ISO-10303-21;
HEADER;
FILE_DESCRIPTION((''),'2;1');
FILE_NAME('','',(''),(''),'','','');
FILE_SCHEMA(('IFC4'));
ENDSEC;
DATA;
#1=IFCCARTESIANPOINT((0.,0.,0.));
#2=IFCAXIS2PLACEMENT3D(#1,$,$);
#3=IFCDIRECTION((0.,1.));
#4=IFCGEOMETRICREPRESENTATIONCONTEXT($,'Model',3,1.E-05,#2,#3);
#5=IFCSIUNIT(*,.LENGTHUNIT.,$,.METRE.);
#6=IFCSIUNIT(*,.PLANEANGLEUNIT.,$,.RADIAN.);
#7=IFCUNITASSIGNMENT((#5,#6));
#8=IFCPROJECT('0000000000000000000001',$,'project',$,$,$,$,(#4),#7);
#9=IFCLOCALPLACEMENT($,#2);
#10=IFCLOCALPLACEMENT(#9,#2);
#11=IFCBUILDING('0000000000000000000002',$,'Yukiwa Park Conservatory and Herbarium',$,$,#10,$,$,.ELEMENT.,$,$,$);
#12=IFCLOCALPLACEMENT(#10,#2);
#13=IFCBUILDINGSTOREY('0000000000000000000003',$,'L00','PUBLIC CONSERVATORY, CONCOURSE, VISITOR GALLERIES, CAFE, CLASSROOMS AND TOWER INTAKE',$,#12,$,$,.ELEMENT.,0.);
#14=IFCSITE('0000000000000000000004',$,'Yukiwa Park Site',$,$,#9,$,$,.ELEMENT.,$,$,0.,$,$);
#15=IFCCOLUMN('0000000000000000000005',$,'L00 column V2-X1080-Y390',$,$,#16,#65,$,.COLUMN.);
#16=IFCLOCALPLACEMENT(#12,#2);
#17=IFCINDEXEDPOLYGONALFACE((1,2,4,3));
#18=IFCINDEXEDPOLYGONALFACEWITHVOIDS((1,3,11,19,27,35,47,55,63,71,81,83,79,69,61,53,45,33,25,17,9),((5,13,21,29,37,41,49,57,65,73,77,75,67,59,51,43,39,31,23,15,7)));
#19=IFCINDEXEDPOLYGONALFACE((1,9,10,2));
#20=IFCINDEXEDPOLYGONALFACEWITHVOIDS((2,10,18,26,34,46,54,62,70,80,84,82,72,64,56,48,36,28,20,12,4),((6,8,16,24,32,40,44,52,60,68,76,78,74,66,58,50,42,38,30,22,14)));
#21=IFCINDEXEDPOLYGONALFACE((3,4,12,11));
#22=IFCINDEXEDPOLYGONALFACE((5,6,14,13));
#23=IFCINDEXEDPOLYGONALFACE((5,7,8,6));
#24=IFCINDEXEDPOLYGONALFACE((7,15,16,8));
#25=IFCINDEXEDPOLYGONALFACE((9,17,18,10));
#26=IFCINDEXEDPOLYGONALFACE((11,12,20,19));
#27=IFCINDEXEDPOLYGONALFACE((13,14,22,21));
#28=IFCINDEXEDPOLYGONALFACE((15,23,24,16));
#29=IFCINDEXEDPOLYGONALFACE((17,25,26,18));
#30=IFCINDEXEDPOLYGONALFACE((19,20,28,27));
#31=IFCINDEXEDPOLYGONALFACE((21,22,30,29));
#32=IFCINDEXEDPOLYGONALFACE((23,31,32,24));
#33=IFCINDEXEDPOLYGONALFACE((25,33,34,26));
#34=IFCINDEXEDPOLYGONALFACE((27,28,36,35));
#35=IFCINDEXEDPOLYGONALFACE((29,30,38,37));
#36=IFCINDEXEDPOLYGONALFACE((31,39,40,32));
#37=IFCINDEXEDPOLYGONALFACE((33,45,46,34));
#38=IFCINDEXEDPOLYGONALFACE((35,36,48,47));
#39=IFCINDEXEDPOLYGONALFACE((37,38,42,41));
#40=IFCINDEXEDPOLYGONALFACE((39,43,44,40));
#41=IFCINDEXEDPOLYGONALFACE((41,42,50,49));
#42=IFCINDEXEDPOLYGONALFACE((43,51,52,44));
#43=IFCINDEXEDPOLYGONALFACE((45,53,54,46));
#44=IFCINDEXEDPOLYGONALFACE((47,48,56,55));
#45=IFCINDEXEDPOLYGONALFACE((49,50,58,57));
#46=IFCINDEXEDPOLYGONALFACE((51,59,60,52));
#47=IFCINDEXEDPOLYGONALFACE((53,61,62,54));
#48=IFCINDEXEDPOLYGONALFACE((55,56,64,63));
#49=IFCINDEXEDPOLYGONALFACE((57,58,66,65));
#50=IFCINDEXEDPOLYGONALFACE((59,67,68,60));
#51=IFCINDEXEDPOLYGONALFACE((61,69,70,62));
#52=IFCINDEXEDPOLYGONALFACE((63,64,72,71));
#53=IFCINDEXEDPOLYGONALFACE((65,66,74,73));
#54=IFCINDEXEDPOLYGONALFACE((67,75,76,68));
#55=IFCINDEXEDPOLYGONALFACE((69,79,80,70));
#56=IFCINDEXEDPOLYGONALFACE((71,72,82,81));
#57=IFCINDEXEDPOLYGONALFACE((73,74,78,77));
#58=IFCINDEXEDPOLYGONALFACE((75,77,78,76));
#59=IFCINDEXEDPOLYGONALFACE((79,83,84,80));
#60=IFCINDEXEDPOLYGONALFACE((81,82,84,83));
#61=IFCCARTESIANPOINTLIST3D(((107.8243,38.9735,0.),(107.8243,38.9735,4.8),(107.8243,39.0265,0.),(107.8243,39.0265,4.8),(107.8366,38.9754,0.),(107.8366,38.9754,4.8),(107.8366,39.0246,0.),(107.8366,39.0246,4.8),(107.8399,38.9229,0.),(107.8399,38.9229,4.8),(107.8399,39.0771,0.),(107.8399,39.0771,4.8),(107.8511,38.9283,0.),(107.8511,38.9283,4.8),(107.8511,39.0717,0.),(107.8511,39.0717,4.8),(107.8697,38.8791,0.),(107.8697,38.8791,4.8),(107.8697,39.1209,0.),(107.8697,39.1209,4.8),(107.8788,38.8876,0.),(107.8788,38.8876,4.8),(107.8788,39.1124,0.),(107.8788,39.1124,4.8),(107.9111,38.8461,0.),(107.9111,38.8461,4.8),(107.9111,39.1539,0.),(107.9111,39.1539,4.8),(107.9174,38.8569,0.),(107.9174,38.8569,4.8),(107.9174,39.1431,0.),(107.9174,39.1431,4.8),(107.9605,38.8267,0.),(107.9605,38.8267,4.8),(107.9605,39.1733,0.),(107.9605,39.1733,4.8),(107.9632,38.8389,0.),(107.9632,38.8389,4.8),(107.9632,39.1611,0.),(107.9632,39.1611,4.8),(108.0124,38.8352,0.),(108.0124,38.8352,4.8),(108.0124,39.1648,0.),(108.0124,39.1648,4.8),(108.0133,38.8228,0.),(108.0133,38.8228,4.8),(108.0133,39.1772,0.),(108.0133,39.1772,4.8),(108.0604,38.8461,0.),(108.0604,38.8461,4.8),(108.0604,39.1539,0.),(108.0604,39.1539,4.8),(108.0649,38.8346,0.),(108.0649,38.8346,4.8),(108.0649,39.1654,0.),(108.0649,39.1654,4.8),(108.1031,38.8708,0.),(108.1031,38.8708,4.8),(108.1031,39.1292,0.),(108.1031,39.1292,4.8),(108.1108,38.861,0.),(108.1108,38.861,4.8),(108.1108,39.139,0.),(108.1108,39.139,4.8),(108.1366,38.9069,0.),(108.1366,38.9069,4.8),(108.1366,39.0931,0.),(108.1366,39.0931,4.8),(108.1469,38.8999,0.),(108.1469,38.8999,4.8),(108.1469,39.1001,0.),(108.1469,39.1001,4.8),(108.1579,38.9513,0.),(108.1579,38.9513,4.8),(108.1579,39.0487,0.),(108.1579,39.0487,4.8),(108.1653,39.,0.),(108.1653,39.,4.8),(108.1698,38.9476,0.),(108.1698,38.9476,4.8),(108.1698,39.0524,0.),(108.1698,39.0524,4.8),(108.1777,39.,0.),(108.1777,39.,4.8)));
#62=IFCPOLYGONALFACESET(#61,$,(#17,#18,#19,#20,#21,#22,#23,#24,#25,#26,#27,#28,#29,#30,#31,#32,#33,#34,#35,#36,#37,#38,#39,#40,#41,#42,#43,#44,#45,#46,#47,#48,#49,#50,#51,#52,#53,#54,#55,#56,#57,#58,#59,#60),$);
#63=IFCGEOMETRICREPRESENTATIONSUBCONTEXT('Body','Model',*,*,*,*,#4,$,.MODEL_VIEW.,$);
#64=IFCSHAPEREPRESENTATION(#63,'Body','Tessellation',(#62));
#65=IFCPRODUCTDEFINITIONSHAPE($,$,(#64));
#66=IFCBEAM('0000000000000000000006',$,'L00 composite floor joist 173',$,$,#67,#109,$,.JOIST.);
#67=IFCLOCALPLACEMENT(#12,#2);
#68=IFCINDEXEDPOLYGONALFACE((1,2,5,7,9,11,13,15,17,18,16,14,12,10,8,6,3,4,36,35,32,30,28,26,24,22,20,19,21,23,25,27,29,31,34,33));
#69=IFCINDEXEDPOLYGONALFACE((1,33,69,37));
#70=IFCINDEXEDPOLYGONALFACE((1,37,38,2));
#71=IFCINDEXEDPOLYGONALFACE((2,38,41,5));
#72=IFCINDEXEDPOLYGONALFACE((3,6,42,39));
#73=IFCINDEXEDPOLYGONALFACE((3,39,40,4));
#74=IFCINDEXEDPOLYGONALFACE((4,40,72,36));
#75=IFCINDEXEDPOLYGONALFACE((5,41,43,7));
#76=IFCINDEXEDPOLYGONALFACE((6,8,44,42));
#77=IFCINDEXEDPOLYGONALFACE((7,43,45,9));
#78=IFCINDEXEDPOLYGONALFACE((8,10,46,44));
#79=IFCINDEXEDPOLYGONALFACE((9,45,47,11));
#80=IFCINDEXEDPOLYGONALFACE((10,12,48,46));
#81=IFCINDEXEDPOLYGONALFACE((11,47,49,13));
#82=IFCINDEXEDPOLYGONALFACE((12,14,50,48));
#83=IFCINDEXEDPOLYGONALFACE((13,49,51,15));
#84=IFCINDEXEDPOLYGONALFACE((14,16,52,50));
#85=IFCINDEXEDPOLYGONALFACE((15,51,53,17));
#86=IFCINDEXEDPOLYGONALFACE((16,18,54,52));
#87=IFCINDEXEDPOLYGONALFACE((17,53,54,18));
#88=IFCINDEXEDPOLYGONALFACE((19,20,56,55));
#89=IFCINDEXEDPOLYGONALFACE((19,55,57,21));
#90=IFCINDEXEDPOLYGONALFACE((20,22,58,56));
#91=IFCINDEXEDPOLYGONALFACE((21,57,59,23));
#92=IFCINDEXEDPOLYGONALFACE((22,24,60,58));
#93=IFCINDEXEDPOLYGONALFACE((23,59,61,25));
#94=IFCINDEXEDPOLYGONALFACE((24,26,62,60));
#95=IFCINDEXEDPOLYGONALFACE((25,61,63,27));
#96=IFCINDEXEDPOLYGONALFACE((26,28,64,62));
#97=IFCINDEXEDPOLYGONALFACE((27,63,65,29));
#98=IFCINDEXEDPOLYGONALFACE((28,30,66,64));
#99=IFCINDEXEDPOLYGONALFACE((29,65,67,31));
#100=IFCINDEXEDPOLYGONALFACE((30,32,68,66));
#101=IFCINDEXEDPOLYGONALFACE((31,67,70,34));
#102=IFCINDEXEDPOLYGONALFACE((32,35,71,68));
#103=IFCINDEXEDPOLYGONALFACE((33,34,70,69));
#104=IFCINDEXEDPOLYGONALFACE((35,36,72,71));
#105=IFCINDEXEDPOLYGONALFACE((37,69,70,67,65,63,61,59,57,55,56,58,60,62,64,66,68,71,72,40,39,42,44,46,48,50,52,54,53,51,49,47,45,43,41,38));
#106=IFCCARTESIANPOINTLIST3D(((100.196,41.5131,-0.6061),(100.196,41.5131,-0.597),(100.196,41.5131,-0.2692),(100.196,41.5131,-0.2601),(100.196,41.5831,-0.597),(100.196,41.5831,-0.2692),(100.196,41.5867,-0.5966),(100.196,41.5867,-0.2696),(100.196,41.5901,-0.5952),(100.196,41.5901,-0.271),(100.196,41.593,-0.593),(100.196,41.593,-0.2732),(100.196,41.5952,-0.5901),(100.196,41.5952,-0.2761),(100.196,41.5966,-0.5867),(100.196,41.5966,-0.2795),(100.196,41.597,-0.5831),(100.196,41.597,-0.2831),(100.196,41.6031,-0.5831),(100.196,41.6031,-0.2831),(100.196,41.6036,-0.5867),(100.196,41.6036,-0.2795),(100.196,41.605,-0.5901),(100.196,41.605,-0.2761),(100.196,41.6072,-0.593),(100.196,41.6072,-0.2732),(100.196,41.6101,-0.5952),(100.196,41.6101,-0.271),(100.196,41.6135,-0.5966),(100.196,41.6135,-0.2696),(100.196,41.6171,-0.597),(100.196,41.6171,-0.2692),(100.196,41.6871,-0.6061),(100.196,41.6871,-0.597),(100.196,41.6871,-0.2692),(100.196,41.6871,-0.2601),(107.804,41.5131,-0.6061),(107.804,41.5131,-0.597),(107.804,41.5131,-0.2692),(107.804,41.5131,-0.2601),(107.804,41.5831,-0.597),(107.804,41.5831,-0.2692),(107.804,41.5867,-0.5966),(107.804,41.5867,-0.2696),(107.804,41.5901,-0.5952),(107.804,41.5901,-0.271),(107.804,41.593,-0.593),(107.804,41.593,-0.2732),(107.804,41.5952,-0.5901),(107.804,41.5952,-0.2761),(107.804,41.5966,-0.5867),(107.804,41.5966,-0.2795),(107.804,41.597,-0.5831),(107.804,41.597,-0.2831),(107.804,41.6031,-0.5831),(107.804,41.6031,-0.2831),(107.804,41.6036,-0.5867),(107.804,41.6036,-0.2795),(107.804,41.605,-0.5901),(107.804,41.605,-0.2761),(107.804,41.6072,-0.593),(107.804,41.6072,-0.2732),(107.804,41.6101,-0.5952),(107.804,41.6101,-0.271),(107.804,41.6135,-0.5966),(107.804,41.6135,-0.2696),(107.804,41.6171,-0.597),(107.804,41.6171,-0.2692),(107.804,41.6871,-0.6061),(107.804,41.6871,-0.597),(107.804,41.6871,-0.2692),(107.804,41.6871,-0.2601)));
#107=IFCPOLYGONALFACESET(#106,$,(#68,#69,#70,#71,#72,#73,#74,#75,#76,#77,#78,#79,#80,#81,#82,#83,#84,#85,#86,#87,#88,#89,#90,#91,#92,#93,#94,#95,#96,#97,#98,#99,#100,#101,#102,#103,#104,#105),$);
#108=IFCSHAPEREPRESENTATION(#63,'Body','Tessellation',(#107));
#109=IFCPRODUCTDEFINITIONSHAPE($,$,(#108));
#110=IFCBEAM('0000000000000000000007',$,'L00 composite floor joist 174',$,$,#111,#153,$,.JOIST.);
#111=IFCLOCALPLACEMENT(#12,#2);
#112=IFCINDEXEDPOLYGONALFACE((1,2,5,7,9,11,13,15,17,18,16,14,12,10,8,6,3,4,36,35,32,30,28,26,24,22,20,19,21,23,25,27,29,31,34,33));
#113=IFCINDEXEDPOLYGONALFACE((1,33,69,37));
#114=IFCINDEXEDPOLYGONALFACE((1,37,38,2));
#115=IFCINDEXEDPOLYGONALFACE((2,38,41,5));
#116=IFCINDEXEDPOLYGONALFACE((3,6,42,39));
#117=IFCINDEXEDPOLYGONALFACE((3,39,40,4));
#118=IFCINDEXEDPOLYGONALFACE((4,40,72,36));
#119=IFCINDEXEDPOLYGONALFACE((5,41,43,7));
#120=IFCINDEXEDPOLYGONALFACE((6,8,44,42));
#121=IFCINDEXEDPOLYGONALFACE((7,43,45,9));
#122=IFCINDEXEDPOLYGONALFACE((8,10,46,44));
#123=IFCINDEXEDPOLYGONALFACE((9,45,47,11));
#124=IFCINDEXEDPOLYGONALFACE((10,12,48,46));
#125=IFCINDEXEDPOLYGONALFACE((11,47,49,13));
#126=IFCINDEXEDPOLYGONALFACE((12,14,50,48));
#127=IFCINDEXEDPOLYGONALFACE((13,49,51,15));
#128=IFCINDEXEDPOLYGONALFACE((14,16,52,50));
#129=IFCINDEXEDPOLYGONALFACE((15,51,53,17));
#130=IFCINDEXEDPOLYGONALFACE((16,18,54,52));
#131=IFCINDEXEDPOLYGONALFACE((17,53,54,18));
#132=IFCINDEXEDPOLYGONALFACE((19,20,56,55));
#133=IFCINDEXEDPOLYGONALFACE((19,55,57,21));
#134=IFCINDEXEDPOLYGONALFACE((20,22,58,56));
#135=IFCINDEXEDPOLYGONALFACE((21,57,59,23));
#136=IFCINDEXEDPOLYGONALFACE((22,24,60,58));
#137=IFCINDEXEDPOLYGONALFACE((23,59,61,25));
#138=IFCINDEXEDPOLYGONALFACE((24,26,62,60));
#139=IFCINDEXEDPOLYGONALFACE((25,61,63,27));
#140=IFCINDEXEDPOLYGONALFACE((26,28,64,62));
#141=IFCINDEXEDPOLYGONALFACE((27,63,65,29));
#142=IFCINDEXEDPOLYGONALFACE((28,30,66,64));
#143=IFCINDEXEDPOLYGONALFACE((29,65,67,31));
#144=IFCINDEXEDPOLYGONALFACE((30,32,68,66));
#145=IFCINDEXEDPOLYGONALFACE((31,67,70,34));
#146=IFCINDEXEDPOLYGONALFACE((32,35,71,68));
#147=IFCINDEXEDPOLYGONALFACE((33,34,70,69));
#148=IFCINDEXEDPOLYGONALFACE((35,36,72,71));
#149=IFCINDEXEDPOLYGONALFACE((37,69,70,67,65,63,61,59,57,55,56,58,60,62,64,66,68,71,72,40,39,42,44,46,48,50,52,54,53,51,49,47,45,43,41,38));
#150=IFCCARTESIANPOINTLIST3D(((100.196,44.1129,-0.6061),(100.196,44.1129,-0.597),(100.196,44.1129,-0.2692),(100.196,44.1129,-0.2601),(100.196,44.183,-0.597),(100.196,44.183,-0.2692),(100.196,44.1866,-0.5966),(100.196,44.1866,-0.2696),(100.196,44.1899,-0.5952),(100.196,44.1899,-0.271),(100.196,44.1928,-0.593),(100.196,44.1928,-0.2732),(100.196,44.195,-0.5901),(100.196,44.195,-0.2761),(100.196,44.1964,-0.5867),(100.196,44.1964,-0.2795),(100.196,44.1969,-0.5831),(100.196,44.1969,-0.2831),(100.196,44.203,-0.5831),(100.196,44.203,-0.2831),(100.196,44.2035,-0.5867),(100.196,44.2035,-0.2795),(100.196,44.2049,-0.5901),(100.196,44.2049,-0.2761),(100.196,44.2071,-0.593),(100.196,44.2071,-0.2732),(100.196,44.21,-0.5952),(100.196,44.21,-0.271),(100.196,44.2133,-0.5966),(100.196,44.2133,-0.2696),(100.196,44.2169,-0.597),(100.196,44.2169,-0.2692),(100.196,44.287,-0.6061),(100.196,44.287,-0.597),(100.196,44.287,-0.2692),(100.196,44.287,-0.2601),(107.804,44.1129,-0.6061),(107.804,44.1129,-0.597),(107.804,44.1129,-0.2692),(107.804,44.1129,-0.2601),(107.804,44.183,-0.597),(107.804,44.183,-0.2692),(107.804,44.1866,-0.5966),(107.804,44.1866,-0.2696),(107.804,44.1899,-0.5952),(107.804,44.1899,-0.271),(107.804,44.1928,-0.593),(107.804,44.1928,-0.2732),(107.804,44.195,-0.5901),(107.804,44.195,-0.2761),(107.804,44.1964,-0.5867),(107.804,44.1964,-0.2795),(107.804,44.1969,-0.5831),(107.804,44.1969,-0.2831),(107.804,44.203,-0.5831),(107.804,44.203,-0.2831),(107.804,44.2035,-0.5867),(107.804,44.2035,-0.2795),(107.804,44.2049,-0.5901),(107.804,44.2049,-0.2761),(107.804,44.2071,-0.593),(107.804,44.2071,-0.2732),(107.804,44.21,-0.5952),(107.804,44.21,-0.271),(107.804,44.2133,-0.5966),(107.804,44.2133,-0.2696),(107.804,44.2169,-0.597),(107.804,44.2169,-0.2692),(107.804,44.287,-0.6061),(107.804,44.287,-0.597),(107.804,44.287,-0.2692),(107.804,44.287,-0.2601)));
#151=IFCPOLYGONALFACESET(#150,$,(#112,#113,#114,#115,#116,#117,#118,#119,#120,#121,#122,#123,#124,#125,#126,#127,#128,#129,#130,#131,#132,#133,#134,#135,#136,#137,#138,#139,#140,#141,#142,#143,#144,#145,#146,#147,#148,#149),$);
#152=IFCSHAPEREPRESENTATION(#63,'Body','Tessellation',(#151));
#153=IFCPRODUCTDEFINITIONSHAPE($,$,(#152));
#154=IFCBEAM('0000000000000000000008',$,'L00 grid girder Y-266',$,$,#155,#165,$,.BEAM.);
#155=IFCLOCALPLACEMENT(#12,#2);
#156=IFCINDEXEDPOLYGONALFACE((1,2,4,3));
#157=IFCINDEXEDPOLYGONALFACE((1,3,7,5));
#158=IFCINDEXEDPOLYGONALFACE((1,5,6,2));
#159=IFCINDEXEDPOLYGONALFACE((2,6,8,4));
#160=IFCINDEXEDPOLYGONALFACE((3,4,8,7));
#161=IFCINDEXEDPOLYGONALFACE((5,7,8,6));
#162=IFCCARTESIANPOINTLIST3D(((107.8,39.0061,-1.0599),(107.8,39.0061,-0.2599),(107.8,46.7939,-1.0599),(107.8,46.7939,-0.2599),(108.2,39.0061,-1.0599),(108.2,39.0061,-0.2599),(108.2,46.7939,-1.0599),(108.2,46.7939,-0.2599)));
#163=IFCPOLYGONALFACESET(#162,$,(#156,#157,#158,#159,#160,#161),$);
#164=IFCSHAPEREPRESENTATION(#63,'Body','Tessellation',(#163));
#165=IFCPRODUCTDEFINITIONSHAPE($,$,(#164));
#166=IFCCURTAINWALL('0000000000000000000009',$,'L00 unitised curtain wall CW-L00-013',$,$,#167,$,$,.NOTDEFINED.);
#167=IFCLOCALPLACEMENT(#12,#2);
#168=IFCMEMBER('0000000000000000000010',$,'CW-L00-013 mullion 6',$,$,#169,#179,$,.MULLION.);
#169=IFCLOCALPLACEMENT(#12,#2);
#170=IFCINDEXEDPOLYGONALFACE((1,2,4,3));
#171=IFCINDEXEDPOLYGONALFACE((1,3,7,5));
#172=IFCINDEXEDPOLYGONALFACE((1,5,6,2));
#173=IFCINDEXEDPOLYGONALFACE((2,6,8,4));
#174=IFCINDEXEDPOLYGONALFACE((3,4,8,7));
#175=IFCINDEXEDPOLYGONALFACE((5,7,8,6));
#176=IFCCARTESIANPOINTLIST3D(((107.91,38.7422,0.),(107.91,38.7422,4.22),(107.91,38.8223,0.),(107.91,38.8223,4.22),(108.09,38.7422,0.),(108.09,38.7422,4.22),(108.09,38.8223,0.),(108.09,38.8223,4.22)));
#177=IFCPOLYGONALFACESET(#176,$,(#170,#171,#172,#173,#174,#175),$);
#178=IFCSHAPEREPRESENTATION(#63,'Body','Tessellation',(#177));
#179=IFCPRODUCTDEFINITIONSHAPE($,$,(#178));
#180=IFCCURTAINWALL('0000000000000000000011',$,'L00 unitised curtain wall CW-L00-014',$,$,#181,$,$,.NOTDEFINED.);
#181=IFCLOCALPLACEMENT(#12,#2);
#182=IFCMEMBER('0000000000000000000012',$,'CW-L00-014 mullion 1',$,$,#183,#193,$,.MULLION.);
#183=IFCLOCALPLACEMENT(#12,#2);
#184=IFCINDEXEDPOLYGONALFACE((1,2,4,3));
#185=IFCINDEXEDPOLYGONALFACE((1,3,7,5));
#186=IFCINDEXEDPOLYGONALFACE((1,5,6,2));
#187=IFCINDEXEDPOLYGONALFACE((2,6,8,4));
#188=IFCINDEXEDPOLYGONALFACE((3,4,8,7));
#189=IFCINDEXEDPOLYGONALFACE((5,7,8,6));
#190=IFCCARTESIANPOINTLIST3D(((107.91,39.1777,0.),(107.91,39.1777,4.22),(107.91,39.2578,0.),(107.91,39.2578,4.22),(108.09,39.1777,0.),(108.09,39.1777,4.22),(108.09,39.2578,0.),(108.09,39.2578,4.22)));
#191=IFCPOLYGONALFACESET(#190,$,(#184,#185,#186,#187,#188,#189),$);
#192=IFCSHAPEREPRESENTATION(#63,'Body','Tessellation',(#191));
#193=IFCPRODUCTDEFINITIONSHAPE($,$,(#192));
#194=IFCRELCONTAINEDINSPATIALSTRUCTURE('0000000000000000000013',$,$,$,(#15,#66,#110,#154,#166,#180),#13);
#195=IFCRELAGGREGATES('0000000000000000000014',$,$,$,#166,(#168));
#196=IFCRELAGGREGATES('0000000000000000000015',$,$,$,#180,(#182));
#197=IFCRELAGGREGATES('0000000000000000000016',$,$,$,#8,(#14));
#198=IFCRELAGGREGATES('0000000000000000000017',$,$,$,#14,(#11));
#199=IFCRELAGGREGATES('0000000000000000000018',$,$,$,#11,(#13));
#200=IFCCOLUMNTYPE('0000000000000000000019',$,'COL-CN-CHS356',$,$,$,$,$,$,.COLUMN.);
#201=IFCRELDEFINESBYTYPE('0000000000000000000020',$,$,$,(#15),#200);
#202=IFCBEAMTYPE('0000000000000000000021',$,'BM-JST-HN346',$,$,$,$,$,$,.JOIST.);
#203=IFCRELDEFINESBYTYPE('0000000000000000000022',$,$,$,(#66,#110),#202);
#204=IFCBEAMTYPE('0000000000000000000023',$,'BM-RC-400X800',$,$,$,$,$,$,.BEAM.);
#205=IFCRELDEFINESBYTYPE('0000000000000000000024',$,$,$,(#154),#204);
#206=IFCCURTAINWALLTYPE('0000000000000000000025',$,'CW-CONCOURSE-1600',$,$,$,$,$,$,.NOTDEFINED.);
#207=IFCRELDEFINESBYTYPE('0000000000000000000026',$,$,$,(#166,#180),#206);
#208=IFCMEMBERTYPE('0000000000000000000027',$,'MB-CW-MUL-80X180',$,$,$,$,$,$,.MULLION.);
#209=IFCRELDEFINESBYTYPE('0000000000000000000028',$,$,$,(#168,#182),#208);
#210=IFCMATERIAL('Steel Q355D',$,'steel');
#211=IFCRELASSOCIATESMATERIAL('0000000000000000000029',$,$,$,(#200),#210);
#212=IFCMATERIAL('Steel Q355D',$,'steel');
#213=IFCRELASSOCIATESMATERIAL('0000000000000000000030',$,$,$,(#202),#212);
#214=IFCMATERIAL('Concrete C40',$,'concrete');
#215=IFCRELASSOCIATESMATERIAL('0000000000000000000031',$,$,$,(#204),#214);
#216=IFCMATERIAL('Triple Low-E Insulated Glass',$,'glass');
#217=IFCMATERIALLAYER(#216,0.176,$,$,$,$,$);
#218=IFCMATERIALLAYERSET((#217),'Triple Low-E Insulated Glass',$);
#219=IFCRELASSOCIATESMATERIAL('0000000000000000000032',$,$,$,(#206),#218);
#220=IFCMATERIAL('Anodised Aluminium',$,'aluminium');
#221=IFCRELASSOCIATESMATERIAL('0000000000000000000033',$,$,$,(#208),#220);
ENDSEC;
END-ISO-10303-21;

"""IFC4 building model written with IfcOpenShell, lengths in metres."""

from ifc_helpers import new_model, si_unit, direction, frame, origin, origin_2d, place, context, subcontext, project, spatial, rectangle, hollow_circle, i_section, extrude, material, layer, layer_set, material_profile, profile_set, type_object, element, aggregate, save


model = new_model("IFC4")

# Units and contexts
model_context = context("Model", 3, precision=1e-05, world=origin(), true_north=direction((0.0, 1.0)))
body_context = subcontext(model_context, "Body", "Model", "MODEL_VIEW")
ifc_project = project(units=[si_unit("LENGTHUNIT", "METRE"), si_unit("PLANEANGLEUNIT", "RADIAN")], contexts=[model_context])

# Site, building, storey
site_placement = place(None, origin())
site = spatial("IfcSite", under=ifc_project, at=site_placement, Name="Yukiwa Park Site", CompositionType="ELEMENT", RefElevation=0.0)
building_placement = place(site_placement, origin())
building = spatial("IfcBuilding", under=site, at=building_placement, Name="Yukiwa Park Conservatory and Herbarium", CompositionType="ELEMENT")
storey_placement = place(building_placement, origin())
storey = spatial("IfcBuildingStorey", under=building, at=storey_placement, Name="L00", Description="PUBLIC CONSERVATORY, CONCOURSE, VISITOR GALLERIES, CAFE, CLASSROOMS AND TOWER INTAKE", CompositionType="ELEMENT", Elevation=0.0)

# Column
ifc_material_1 = material(Name="Steel Q355D", Category="steel")
ifc_material_profile_1 = material_profile(ifc_material_1, hollow_circle(Radius=0.1777, WallThickness=0.0125, at=origin_2d()), Name="CHS 355.6x12.5")
ifc_profile_set_1 = profile_set([ifc_material_profile_1], Name="Steel Q355D")
column_type = type_object("IfcColumnType", Name="COL-CN-CHS356", PredefinedType="COLUMN", material=ifc_profile_set_1)
column_placement = place(storey_placement, frame((108.0, 39.0, 0.0), z_axis=(0.0, 0.0, 1.0), x_axis=(1.0, 0.0, 0.0)))
element("IfcColumn", 1, at=column_placement, inside=storey, type_object=column_type, Name="L00 column V2-X1080-Y390", PredefinedType="COLUMN", context=body_context, shape_type="SweptSolid", body=[
    extrude(hollow_circle(Radius=0.1777, WallThickness=0.0125, at=origin_2d()), origin(), (0.0, 0.0, 1.0), 4.8),
])

# Beams
ifc_material_2 = material(Name="Steel Q355D", Category="steel")
ifc_material_profile_2 = material_profile(ifc_material_2, i_section(OverallWidth=0.1741, OverallDepth=0.3459, WebThickness=0.0061, FlangeThickness=0.009, FilletRadius=0.0139, at=origin_2d()), Name="HN 346x174x6x9")
ifc_profile_set_2 = profile_set([ifc_material_profile_2], Name="Steel Q355D")
beam_type_1 = type_object("IfcBeamType", Name="BM-JST-HN346", PredefinedType="JOIST", material=ifc_profile_set_2)
for number, where, z_axis, x_axis, name in (
    (2, (100.196, 41.6001, -0.4331), (1.0, 0.0, 0.0), (0.0, 1.0, 0.0), "L00 composite floor joist 173"),
    (3, (100.196, 44.2, -0.4331), (1.0, 0.0, 0.0), (0.0, 1.0, 0.0), "L00 composite floor joist 174"),
):
    element("IfcBeam", number, at=place(storey_placement, frame(where, z_axis=z_axis, x_axis=x_axis)), inside=storey, type_object=beam_type_1, Name=name, PredefinedType="JOIST", context=body_context, shape_type="SweptSolid", body=[
        extrude(i_section(OverallWidth=0.1741, OverallDepth=0.3459, WebThickness=0.0061, FlangeThickness=0.009, FilletRadius=0.0139, at=origin_2d()), origin(), (0.0, 0.0, 1.0), 7.6079),
    ])
ifc_material_3 = material(Name="Concrete C40", Category="concrete")
ifc_material_profile_3 = material_profile(ifc_material_3, rectangle(XDim=0.3999, YDim=0.8, at=origin_2d()), Name="RC 400x800")
ifc_profile_set_3 = profile_set([ifc_material_profile_3], Name="Concrete C40")
beam_type_2 = type_object("IfcBeamType", Name="BM-RC-400X800", PredefinedType="BEAM", material=ifc_profile_set_3)
beam_placement = place(storey_placement, frame((108.0, 39.0061, -0.6599), z_axis=(0.0, 1.0, 0.0), x_axis=(-1.0, 0.0, 0.0)))
element("IfcBeam", 4, at=beam_placement, inside=storey, type_object=beam_type_2, Name="L00 grid girder Y-266", PredefinedType="BEAM", context=body_context, shape_type="SweptSolid", body=[
    extrude(rectangle(XDim=0.3999, YDim=0.8, at=origin_2d()), origin(), (0.0, 0.0, 1.0), 7.7878),
])

# Curtain wall, member
ifc_material_4 = material(Name="Triple Low-E Insulated Glass", Category="glass")
ifc_layer_1 = layer(ifc_material_4, 0.176)
ifc_layer_set_1 = layer_set([ifc_layer_1], Name="Triple Low-E Insulated Glass")
curtain_wall_type = type_object("IfcCurtainWallType", Name="CW-CONCOURSE-1600", PredefinedType="NOTDEFINED", material=ifc_layer_set_1)
curtain_wall_1_placement = place(storey_placement, origin())
curtain_wall_1 = element("IfcCurtainWall", 5, at=curtain_wall_1_placement, inside=storey, type_object=curtain_wall_type, Name="L00 unitised curtain wall CW-L00-013", PredefinedType="NOTDEFINED")
ifc_material_5 = material(Name="Anodised Aluminium", Category="aluminium")
member_type_1 = type_object("IfcMemberType", Name="MB-CW-MUL-80X180", PredefinedType="MULLION", material=ifc_material_5)
member_1_placement = place(storey_placement, frame((108.0, 38.7822, 0.0), z_axis=(0.0, 0.0, 1.0), x_axis=(0.0, 1.0, 0.0)))
member_1 = element("IfcMember", 6, at=member_1_placement, type_object=member_type_1, Name="CW-L00-013 mullion 6", PredefinedType="MULLION", context=body_context, shape_type="SweptSolid", body=[
    extrude(rectangle(XDim=0.0801, YDim=0.1799, at=origin_2d()), origin(), (0.0, 0.0, 1.0), 4.22),
])
aggregate(curtain_wall_1, [member_1])

# Curtain wall, member
curtain_wall_2_placement = place(storey_placement, origin())
curtain_wall_2 = element("IfcCurtainWall", 7, at=curtain_wall_2_placement, inside=storey, type_object=curtain_wall_type, Name="L00 unitised curtain wall CW-L00-014", PredefinedType="NOTDEFINED")
member_2_placement = place(storey_placement, frame((108.0, 39.2178, 0.0), z_axis=(0.0, 0.0, 1.0), x_axis=(0.0, 1.0, 0.0)))
member_2 = element("IfcMember", 8, at=member_2_placement, type_object=member_type_1, Name="CW-L00-014 mullion 1", PredefinedType="MULLION", context=body_context, shape_type="SweptSolid", body=[
    extrude(rectangle(XDim=0.0801, YDim=0.1799, at=origin_2d()), origin(), (0.0, 0.0, 1.0), 4.22),
])
aggregate(curtain_wall_2, [member_2])

save(model, "model.ifc")
